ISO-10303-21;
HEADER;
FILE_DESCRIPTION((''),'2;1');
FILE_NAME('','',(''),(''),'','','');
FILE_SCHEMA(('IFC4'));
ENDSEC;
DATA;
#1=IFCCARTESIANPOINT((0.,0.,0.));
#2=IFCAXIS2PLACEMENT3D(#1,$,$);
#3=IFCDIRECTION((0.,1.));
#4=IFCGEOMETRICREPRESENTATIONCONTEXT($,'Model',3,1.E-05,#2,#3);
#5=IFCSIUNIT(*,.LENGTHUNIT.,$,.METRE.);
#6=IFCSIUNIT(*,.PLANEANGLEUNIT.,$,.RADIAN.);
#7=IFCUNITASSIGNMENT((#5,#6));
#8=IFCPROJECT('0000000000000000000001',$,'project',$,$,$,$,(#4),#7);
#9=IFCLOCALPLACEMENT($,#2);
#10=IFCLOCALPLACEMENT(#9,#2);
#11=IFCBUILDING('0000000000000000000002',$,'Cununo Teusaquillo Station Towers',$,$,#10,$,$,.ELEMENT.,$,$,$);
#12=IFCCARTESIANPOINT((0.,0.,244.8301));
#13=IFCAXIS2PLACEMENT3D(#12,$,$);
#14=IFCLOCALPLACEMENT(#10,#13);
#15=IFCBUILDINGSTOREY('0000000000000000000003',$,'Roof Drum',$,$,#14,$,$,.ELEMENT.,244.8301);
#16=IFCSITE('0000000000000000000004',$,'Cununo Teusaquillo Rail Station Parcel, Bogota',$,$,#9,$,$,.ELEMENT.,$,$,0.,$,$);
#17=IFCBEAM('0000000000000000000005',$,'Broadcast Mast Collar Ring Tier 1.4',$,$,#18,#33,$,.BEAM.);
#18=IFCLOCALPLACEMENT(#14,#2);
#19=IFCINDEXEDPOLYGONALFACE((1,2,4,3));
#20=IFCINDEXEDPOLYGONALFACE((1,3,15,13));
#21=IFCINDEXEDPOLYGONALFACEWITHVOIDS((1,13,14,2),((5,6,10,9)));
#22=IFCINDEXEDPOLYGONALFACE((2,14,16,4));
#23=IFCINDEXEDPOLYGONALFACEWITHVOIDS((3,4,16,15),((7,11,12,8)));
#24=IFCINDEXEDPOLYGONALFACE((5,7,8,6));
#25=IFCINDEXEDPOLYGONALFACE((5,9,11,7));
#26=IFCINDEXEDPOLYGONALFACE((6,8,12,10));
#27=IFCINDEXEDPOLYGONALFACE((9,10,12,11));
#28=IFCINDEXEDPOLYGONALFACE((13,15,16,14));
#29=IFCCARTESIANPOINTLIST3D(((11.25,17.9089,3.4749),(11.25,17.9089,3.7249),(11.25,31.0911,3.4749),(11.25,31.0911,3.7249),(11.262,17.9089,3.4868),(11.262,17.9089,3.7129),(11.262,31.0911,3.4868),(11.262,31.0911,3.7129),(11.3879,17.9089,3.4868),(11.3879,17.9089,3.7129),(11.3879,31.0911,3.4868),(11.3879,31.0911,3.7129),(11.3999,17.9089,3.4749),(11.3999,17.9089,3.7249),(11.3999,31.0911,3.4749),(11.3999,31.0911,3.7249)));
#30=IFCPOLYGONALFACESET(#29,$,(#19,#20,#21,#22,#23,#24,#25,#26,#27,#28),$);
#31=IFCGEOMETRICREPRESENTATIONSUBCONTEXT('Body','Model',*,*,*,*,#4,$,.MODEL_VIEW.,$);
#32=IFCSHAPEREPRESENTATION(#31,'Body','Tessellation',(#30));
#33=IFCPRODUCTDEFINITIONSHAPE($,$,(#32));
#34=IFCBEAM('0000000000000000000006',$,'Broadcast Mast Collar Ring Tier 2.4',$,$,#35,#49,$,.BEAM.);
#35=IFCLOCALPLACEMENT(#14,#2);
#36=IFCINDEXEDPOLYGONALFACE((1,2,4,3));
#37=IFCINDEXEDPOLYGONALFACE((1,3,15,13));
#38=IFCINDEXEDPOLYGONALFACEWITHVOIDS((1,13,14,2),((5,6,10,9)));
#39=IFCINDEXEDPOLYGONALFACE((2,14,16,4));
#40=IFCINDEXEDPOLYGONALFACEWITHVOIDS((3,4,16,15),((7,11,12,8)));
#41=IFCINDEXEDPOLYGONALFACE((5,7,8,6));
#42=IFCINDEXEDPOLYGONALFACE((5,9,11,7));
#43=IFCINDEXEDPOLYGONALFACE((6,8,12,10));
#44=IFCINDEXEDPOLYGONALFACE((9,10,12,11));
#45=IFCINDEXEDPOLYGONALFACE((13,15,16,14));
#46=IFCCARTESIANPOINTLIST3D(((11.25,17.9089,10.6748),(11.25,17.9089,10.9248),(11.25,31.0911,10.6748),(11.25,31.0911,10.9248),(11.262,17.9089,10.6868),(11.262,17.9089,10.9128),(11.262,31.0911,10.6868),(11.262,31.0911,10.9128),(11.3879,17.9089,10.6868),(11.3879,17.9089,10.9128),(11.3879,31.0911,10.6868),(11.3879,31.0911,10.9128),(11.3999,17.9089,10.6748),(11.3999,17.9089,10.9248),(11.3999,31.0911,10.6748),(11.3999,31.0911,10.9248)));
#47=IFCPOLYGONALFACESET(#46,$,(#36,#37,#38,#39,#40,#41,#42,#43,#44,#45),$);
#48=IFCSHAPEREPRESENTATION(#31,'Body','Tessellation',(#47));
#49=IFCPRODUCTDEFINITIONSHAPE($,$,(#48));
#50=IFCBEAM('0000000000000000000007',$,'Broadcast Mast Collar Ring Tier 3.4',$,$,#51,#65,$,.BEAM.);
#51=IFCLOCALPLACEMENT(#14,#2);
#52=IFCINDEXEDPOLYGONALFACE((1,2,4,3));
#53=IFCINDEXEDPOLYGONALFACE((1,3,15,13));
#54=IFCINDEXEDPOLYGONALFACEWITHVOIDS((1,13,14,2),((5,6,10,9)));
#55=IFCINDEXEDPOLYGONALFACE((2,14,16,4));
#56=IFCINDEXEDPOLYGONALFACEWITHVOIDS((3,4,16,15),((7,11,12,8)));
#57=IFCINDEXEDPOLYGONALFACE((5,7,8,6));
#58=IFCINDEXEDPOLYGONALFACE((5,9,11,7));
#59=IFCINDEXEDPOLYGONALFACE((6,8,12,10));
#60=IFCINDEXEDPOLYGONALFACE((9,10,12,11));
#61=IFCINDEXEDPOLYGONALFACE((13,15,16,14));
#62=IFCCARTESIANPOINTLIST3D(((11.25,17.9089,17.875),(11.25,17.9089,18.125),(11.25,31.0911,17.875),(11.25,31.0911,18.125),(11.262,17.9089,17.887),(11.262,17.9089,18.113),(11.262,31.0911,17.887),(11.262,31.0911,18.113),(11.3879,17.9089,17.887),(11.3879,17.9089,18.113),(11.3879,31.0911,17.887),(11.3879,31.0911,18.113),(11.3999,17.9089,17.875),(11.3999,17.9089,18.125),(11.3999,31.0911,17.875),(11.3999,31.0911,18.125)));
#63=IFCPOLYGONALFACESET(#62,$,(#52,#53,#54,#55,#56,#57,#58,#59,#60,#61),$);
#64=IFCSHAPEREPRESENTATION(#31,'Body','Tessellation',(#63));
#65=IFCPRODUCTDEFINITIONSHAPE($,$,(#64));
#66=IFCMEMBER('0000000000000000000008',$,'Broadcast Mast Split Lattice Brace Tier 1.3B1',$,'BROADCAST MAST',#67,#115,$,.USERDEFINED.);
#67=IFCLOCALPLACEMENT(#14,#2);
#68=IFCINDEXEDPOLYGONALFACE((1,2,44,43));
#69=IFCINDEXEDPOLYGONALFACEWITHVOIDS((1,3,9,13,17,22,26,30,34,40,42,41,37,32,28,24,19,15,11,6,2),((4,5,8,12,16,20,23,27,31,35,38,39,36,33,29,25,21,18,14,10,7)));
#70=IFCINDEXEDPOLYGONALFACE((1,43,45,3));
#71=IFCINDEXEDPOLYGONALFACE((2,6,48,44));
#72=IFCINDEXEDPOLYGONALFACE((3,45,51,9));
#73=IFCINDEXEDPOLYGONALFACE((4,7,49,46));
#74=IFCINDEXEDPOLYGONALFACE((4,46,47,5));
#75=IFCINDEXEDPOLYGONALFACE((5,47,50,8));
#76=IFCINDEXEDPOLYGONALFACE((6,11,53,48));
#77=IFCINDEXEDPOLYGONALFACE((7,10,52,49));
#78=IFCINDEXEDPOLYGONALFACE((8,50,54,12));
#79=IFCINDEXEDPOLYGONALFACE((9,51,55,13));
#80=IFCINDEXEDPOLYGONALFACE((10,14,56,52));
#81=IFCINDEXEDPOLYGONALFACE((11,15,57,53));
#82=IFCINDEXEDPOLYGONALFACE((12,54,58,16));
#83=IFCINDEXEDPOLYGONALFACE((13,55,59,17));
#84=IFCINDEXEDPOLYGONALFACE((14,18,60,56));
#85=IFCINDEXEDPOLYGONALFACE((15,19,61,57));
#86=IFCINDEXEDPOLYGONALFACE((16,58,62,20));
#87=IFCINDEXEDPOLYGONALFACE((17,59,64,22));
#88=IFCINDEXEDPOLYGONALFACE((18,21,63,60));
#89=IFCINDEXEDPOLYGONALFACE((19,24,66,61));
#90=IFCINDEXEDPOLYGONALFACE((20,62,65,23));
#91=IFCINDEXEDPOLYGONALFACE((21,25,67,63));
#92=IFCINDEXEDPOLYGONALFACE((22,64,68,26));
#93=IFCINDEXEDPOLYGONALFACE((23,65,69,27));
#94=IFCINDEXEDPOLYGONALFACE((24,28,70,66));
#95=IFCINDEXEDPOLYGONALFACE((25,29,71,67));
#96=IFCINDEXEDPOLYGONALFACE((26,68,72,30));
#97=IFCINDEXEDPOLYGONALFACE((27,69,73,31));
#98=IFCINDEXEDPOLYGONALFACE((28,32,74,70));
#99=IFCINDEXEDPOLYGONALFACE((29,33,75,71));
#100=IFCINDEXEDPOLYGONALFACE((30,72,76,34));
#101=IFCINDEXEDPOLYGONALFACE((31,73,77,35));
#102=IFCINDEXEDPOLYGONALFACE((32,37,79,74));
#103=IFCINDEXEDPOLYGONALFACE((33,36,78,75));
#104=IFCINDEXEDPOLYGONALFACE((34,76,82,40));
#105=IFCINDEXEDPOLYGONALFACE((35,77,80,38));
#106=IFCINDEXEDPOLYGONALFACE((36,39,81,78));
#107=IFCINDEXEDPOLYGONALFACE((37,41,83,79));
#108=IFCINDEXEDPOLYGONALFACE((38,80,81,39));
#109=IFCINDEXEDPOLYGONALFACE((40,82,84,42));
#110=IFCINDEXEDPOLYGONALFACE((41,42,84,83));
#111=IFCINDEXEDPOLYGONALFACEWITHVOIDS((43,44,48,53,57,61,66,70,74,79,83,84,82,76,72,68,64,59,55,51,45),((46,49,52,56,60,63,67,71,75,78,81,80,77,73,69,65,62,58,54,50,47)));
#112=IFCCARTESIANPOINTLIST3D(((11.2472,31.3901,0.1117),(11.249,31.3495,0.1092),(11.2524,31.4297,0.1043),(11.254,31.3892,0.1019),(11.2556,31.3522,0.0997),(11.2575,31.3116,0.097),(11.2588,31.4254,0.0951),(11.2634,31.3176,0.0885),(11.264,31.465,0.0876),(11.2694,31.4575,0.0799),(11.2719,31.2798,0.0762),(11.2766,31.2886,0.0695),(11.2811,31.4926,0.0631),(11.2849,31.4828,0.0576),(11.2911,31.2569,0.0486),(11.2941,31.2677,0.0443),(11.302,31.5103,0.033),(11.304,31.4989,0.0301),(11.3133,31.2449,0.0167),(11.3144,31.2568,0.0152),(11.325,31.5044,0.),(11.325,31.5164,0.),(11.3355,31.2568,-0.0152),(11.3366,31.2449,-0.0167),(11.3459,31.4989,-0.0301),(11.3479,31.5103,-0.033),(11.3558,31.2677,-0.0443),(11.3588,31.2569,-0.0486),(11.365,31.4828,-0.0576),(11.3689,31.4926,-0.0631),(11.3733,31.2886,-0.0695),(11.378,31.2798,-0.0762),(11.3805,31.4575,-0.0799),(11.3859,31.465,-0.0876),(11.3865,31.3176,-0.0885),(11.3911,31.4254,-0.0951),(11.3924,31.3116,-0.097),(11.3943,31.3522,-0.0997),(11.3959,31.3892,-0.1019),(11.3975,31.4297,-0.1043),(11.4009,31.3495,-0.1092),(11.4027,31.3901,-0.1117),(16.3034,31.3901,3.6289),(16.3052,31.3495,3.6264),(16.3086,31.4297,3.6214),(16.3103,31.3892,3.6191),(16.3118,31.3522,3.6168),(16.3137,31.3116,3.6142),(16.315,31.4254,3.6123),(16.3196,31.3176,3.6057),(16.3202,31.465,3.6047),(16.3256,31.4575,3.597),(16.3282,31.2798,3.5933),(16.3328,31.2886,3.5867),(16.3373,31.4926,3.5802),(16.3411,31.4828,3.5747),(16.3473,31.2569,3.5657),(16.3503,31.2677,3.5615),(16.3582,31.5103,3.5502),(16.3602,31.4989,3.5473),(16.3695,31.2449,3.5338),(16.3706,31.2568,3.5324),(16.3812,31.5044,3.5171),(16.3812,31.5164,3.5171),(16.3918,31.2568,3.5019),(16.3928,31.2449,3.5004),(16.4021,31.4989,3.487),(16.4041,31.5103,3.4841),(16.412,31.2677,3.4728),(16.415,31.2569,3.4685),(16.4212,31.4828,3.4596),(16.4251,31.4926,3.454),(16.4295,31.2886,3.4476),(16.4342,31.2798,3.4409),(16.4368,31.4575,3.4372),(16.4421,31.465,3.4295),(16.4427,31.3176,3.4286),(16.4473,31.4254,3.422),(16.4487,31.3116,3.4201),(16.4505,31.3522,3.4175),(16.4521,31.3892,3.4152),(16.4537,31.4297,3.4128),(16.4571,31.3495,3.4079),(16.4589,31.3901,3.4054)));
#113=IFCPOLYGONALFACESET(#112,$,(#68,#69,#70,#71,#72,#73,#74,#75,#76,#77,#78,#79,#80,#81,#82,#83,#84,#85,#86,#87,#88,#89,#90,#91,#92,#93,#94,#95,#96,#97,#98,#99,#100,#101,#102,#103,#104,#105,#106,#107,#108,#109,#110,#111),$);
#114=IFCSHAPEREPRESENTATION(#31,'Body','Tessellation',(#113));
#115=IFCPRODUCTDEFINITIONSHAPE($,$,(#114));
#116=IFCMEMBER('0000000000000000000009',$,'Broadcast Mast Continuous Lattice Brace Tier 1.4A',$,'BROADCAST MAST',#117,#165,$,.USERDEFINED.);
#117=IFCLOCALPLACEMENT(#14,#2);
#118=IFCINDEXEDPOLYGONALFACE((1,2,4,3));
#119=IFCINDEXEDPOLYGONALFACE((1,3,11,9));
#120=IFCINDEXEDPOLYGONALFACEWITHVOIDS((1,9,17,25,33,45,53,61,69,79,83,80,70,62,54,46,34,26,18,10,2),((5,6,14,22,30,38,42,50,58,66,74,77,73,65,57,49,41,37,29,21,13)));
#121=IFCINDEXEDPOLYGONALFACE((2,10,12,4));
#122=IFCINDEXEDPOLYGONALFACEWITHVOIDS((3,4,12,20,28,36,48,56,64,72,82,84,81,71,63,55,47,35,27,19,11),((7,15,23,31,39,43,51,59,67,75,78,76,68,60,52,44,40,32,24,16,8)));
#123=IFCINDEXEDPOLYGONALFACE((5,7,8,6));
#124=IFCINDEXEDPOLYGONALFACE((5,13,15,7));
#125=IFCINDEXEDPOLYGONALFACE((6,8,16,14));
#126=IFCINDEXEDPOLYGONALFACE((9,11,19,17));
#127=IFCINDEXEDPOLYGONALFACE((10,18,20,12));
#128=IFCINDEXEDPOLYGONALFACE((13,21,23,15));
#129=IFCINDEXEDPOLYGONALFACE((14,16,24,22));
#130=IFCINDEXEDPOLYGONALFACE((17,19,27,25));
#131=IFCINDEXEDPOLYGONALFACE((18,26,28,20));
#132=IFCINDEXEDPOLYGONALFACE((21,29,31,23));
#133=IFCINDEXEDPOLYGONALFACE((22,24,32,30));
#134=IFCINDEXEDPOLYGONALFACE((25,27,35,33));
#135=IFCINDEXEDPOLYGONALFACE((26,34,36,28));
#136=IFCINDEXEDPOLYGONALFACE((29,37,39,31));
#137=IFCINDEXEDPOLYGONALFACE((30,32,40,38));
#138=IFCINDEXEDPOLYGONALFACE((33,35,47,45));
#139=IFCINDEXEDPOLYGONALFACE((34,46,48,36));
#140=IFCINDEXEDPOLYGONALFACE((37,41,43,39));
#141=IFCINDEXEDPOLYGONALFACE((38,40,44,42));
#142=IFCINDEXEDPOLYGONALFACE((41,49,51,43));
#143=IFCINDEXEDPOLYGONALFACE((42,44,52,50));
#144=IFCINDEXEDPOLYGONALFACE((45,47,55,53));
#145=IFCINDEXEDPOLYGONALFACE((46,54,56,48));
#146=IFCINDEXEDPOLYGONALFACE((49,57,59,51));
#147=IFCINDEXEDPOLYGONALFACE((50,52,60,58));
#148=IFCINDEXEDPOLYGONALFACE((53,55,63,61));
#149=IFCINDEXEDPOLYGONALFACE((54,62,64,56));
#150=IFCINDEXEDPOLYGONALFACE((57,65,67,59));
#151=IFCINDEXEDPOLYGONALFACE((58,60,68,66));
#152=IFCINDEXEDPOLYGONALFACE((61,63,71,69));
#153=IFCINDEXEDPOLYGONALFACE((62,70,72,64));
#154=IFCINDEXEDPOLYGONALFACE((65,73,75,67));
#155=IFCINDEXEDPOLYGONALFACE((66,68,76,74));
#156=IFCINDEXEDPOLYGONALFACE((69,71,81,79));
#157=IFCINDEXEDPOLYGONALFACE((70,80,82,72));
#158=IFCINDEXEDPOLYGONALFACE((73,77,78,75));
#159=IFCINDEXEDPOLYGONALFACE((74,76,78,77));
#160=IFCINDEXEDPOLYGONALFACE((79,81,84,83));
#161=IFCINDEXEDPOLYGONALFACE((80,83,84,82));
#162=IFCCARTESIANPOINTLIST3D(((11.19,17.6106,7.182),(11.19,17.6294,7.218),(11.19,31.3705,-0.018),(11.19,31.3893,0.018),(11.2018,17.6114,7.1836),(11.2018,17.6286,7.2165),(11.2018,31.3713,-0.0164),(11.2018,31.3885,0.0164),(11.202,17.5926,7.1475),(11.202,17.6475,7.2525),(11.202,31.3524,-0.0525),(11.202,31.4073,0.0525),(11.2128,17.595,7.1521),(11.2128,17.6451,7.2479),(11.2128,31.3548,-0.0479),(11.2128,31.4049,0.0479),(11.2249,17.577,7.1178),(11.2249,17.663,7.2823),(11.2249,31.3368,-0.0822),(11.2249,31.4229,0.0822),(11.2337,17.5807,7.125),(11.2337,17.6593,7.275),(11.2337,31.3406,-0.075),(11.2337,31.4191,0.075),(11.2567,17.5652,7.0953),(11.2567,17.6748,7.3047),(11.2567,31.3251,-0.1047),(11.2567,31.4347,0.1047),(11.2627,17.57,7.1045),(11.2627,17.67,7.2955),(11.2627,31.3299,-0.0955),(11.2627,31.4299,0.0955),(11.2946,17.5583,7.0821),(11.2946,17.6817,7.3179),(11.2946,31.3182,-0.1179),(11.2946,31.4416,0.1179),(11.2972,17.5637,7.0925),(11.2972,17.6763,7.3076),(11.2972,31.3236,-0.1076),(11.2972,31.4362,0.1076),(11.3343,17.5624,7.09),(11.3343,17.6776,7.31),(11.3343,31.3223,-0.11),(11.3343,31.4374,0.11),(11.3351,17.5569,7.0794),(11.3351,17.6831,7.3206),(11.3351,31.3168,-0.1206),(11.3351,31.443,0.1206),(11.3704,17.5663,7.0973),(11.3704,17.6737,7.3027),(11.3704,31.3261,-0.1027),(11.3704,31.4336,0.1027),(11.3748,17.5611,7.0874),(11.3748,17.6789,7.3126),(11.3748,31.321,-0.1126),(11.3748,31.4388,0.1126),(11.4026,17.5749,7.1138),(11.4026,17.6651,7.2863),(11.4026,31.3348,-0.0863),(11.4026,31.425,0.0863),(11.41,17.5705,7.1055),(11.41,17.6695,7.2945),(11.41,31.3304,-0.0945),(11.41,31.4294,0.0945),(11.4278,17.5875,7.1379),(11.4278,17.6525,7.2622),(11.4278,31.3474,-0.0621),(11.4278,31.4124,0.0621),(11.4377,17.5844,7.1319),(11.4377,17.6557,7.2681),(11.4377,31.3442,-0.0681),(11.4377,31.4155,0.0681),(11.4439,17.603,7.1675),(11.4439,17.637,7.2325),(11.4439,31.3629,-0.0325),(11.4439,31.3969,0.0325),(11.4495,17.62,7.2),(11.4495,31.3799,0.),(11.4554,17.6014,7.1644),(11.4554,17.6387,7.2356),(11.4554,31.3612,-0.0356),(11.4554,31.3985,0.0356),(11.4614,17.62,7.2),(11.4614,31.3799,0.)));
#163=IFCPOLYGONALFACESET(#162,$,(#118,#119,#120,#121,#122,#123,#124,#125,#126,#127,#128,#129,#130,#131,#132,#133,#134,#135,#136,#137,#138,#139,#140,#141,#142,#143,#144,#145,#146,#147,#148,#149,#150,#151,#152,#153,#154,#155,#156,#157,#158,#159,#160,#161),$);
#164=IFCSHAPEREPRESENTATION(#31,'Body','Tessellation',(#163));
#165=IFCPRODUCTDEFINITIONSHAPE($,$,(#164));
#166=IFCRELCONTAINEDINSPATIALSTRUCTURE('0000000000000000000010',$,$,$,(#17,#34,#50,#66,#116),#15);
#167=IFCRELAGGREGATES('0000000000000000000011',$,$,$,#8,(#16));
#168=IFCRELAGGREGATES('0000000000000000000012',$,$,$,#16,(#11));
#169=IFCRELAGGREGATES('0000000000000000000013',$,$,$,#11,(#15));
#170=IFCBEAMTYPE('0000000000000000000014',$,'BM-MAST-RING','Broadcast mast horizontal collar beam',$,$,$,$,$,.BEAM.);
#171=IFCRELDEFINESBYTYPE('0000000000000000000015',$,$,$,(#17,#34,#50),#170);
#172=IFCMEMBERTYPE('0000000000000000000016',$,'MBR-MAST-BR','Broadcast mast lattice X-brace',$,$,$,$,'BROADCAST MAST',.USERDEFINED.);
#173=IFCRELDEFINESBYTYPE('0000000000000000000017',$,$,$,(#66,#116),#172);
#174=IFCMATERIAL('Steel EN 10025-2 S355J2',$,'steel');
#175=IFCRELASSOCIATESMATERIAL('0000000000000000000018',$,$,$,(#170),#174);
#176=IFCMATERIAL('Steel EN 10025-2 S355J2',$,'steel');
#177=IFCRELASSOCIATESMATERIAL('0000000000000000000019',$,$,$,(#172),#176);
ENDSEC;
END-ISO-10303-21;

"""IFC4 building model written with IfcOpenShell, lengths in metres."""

from ifc_helpers import new_model, si_unit, direction, frame, origin, origin_2d, place, context, subcontext, project, spatial, hollow_rectangle, hollow_circle, extrude, material, material_profile, profile_set, type_object, element, save


model = new_model("IFC4")

# Units and contexts
model_context = context("Model", 3, precision=1e-05, world=origin(), true_north=direction((0.0, 1.0)))
body_context = subcontext(model_context, "Body", "Model", "MODEL_VIEW")
ifc_project = project(units=[si_unit("LENGTHUNIT", "METRE"), si_unit("PLANEANGLEUNIT", "RADIAN")], contexts=[model_context])

# Site, building, storey
site_placement = place(None, origin())
site = spatial("IfcSite", under=ifc_project, at=site_placement, Name="Cununo Teusaquillo Rail Station Parcel, Bogota", CompositionType="ELEMENT", RefElevation=0.0)
building_placement = place(site_placement, origin())
building = spatial("IfcBuilding", under=site, at=building_placement, Name="Cununo Teusaquillo Station Towers", CompositionType="ELEMENT")
storey_placement = place(building_placement, frame((0.0, 0.0, 244.8301)))
storey = spatial("IfcBuildingStorey", under=building, at=storey_placement, Name="Roof Drum", CompositionType="ELEMENT", Elevation=244.8301)

# Beams
ifc_material_1 = material(Name="Steel EN 10025-2 S355J2", Category="steel")
ifc_material_profile_1 = material_profile(ifc_material_1, hollow_rectangle(XDim=0.1499, YDim=0.25, WallThickness=0.012, at=origin_2d()), Name="RHS 250x150x12")
ifc_profile_set_1 = profile_set([ifc_material_profile_1], Name="Steel EN 10025-2 S355J2")
beam_type = type_object("IfcBeamType", Name="BM-MAST-RING", Description="Broadcast mast horizontal collar beam", PredefinedType="BEAM", material=ifc_profile_set_1)
for number, where, z_axis, x_axis, name in (
    (1, (11.325, 31.0911, 3.5999), (0.0, -1.0, 0.0), (1.0, 0.0, 0.0), "Broadcast Mast Collar Ring Tier 1.4"),
    (2, (11.325, 31.0911, 10.7998), (0.0, -1.0, 0.0), (1.0, 0.0, 0.0), "Broadcast Mast Collar Ring Tier 2.4"),
    (3, (11.325, 31.0911, 18.0), (0.0, -1.0, 0.0), (1.0, 0.0, 0.0), "Broadcast Mast Collar Ring Tier 3.4"),
):
    element("IfcBeam", number, at=place(storey_placement, frame(where, z_axis=z_axis, x_axis=x_axis)), inside=storey, type_object=beam_type, Name=name, PredefinedType="BEAM", context=body_context, shape_type="SweptSolid", body=[
        extrude(hollow_rectangle(XDim=0.1499, YDim=0.25, WallThickness=0.012, at=origin_2d()), origin(), (0.0, 0.0, 1.0), 13.1821),
    ])

# Members
ifc_material_2 = material(Name="Steel EN 10025-2 S355J2", Category="steel")
ifc_material_profile_2 = material_profile(ifc_material_2, hollow_circle(Radius=0.1365, WallThickness=0.012, at=origin_2d()), Name="CHS 273x12")
ifc_profile_set_2 = profile_set([ifc_material_profile_2], Name="Steel EN 10025-2 S355J2")
member_type = type_object("IfcMemberType", Name="MBR-MAST-BR", Description="Broadcast mast lattice X-brace", ElementType="BROADCAST MAST", PredefinedType="USERDEFINED", material=ifc_profile_set_2)
member_1_placement = place(storey_placement, frame((11.325, 31.3799, 0.0), z_axis=(0.820923, 0.0, 0.571039), x_axis=(0.0, 1.0, 0.0)))
element("IfcMember", 4, at=member_1_placement, inside=storey, type_object=member_type, Name="Broadcast Mast Split Lattice Brace Tier 1.3B1", ObjectType="BROADCAST MAST", PredefinedType="USERDEFINED", context=body_context, shape_type="SweptSolid", body=[
    extrude(hollow_circle(Radius=0.1365, WallThickness=0.012, at=origin_2d()), origin(), (0.0, 0.0, 1.0), 6.1592),
])
member_2_placement = place(storey_placement, frame((11.325, 31.3799, 0.0), z_axis=(0.0, -0.886031, 0.463626), x_axis=(1.0, 0.0, 0.0)))
element("IfcMember", 5, at=member_2_placement, inside=storey, type_object=member_type, Name="Broadcast Mast Continuous Lattice Brace Tier 1.4A", ObjectType="BROADCAST MAST", PredefinedType="USERDEFINED", context=body_context, shape_type="SweptSolid", body=[
    extrude(hollow_circle(Radius=0.1365, WallThickness=0.012, at=origin_2d()), origin(), (0.0, 0.0, 1.0), 15.5298),
])

save(model, "model.ifc")
